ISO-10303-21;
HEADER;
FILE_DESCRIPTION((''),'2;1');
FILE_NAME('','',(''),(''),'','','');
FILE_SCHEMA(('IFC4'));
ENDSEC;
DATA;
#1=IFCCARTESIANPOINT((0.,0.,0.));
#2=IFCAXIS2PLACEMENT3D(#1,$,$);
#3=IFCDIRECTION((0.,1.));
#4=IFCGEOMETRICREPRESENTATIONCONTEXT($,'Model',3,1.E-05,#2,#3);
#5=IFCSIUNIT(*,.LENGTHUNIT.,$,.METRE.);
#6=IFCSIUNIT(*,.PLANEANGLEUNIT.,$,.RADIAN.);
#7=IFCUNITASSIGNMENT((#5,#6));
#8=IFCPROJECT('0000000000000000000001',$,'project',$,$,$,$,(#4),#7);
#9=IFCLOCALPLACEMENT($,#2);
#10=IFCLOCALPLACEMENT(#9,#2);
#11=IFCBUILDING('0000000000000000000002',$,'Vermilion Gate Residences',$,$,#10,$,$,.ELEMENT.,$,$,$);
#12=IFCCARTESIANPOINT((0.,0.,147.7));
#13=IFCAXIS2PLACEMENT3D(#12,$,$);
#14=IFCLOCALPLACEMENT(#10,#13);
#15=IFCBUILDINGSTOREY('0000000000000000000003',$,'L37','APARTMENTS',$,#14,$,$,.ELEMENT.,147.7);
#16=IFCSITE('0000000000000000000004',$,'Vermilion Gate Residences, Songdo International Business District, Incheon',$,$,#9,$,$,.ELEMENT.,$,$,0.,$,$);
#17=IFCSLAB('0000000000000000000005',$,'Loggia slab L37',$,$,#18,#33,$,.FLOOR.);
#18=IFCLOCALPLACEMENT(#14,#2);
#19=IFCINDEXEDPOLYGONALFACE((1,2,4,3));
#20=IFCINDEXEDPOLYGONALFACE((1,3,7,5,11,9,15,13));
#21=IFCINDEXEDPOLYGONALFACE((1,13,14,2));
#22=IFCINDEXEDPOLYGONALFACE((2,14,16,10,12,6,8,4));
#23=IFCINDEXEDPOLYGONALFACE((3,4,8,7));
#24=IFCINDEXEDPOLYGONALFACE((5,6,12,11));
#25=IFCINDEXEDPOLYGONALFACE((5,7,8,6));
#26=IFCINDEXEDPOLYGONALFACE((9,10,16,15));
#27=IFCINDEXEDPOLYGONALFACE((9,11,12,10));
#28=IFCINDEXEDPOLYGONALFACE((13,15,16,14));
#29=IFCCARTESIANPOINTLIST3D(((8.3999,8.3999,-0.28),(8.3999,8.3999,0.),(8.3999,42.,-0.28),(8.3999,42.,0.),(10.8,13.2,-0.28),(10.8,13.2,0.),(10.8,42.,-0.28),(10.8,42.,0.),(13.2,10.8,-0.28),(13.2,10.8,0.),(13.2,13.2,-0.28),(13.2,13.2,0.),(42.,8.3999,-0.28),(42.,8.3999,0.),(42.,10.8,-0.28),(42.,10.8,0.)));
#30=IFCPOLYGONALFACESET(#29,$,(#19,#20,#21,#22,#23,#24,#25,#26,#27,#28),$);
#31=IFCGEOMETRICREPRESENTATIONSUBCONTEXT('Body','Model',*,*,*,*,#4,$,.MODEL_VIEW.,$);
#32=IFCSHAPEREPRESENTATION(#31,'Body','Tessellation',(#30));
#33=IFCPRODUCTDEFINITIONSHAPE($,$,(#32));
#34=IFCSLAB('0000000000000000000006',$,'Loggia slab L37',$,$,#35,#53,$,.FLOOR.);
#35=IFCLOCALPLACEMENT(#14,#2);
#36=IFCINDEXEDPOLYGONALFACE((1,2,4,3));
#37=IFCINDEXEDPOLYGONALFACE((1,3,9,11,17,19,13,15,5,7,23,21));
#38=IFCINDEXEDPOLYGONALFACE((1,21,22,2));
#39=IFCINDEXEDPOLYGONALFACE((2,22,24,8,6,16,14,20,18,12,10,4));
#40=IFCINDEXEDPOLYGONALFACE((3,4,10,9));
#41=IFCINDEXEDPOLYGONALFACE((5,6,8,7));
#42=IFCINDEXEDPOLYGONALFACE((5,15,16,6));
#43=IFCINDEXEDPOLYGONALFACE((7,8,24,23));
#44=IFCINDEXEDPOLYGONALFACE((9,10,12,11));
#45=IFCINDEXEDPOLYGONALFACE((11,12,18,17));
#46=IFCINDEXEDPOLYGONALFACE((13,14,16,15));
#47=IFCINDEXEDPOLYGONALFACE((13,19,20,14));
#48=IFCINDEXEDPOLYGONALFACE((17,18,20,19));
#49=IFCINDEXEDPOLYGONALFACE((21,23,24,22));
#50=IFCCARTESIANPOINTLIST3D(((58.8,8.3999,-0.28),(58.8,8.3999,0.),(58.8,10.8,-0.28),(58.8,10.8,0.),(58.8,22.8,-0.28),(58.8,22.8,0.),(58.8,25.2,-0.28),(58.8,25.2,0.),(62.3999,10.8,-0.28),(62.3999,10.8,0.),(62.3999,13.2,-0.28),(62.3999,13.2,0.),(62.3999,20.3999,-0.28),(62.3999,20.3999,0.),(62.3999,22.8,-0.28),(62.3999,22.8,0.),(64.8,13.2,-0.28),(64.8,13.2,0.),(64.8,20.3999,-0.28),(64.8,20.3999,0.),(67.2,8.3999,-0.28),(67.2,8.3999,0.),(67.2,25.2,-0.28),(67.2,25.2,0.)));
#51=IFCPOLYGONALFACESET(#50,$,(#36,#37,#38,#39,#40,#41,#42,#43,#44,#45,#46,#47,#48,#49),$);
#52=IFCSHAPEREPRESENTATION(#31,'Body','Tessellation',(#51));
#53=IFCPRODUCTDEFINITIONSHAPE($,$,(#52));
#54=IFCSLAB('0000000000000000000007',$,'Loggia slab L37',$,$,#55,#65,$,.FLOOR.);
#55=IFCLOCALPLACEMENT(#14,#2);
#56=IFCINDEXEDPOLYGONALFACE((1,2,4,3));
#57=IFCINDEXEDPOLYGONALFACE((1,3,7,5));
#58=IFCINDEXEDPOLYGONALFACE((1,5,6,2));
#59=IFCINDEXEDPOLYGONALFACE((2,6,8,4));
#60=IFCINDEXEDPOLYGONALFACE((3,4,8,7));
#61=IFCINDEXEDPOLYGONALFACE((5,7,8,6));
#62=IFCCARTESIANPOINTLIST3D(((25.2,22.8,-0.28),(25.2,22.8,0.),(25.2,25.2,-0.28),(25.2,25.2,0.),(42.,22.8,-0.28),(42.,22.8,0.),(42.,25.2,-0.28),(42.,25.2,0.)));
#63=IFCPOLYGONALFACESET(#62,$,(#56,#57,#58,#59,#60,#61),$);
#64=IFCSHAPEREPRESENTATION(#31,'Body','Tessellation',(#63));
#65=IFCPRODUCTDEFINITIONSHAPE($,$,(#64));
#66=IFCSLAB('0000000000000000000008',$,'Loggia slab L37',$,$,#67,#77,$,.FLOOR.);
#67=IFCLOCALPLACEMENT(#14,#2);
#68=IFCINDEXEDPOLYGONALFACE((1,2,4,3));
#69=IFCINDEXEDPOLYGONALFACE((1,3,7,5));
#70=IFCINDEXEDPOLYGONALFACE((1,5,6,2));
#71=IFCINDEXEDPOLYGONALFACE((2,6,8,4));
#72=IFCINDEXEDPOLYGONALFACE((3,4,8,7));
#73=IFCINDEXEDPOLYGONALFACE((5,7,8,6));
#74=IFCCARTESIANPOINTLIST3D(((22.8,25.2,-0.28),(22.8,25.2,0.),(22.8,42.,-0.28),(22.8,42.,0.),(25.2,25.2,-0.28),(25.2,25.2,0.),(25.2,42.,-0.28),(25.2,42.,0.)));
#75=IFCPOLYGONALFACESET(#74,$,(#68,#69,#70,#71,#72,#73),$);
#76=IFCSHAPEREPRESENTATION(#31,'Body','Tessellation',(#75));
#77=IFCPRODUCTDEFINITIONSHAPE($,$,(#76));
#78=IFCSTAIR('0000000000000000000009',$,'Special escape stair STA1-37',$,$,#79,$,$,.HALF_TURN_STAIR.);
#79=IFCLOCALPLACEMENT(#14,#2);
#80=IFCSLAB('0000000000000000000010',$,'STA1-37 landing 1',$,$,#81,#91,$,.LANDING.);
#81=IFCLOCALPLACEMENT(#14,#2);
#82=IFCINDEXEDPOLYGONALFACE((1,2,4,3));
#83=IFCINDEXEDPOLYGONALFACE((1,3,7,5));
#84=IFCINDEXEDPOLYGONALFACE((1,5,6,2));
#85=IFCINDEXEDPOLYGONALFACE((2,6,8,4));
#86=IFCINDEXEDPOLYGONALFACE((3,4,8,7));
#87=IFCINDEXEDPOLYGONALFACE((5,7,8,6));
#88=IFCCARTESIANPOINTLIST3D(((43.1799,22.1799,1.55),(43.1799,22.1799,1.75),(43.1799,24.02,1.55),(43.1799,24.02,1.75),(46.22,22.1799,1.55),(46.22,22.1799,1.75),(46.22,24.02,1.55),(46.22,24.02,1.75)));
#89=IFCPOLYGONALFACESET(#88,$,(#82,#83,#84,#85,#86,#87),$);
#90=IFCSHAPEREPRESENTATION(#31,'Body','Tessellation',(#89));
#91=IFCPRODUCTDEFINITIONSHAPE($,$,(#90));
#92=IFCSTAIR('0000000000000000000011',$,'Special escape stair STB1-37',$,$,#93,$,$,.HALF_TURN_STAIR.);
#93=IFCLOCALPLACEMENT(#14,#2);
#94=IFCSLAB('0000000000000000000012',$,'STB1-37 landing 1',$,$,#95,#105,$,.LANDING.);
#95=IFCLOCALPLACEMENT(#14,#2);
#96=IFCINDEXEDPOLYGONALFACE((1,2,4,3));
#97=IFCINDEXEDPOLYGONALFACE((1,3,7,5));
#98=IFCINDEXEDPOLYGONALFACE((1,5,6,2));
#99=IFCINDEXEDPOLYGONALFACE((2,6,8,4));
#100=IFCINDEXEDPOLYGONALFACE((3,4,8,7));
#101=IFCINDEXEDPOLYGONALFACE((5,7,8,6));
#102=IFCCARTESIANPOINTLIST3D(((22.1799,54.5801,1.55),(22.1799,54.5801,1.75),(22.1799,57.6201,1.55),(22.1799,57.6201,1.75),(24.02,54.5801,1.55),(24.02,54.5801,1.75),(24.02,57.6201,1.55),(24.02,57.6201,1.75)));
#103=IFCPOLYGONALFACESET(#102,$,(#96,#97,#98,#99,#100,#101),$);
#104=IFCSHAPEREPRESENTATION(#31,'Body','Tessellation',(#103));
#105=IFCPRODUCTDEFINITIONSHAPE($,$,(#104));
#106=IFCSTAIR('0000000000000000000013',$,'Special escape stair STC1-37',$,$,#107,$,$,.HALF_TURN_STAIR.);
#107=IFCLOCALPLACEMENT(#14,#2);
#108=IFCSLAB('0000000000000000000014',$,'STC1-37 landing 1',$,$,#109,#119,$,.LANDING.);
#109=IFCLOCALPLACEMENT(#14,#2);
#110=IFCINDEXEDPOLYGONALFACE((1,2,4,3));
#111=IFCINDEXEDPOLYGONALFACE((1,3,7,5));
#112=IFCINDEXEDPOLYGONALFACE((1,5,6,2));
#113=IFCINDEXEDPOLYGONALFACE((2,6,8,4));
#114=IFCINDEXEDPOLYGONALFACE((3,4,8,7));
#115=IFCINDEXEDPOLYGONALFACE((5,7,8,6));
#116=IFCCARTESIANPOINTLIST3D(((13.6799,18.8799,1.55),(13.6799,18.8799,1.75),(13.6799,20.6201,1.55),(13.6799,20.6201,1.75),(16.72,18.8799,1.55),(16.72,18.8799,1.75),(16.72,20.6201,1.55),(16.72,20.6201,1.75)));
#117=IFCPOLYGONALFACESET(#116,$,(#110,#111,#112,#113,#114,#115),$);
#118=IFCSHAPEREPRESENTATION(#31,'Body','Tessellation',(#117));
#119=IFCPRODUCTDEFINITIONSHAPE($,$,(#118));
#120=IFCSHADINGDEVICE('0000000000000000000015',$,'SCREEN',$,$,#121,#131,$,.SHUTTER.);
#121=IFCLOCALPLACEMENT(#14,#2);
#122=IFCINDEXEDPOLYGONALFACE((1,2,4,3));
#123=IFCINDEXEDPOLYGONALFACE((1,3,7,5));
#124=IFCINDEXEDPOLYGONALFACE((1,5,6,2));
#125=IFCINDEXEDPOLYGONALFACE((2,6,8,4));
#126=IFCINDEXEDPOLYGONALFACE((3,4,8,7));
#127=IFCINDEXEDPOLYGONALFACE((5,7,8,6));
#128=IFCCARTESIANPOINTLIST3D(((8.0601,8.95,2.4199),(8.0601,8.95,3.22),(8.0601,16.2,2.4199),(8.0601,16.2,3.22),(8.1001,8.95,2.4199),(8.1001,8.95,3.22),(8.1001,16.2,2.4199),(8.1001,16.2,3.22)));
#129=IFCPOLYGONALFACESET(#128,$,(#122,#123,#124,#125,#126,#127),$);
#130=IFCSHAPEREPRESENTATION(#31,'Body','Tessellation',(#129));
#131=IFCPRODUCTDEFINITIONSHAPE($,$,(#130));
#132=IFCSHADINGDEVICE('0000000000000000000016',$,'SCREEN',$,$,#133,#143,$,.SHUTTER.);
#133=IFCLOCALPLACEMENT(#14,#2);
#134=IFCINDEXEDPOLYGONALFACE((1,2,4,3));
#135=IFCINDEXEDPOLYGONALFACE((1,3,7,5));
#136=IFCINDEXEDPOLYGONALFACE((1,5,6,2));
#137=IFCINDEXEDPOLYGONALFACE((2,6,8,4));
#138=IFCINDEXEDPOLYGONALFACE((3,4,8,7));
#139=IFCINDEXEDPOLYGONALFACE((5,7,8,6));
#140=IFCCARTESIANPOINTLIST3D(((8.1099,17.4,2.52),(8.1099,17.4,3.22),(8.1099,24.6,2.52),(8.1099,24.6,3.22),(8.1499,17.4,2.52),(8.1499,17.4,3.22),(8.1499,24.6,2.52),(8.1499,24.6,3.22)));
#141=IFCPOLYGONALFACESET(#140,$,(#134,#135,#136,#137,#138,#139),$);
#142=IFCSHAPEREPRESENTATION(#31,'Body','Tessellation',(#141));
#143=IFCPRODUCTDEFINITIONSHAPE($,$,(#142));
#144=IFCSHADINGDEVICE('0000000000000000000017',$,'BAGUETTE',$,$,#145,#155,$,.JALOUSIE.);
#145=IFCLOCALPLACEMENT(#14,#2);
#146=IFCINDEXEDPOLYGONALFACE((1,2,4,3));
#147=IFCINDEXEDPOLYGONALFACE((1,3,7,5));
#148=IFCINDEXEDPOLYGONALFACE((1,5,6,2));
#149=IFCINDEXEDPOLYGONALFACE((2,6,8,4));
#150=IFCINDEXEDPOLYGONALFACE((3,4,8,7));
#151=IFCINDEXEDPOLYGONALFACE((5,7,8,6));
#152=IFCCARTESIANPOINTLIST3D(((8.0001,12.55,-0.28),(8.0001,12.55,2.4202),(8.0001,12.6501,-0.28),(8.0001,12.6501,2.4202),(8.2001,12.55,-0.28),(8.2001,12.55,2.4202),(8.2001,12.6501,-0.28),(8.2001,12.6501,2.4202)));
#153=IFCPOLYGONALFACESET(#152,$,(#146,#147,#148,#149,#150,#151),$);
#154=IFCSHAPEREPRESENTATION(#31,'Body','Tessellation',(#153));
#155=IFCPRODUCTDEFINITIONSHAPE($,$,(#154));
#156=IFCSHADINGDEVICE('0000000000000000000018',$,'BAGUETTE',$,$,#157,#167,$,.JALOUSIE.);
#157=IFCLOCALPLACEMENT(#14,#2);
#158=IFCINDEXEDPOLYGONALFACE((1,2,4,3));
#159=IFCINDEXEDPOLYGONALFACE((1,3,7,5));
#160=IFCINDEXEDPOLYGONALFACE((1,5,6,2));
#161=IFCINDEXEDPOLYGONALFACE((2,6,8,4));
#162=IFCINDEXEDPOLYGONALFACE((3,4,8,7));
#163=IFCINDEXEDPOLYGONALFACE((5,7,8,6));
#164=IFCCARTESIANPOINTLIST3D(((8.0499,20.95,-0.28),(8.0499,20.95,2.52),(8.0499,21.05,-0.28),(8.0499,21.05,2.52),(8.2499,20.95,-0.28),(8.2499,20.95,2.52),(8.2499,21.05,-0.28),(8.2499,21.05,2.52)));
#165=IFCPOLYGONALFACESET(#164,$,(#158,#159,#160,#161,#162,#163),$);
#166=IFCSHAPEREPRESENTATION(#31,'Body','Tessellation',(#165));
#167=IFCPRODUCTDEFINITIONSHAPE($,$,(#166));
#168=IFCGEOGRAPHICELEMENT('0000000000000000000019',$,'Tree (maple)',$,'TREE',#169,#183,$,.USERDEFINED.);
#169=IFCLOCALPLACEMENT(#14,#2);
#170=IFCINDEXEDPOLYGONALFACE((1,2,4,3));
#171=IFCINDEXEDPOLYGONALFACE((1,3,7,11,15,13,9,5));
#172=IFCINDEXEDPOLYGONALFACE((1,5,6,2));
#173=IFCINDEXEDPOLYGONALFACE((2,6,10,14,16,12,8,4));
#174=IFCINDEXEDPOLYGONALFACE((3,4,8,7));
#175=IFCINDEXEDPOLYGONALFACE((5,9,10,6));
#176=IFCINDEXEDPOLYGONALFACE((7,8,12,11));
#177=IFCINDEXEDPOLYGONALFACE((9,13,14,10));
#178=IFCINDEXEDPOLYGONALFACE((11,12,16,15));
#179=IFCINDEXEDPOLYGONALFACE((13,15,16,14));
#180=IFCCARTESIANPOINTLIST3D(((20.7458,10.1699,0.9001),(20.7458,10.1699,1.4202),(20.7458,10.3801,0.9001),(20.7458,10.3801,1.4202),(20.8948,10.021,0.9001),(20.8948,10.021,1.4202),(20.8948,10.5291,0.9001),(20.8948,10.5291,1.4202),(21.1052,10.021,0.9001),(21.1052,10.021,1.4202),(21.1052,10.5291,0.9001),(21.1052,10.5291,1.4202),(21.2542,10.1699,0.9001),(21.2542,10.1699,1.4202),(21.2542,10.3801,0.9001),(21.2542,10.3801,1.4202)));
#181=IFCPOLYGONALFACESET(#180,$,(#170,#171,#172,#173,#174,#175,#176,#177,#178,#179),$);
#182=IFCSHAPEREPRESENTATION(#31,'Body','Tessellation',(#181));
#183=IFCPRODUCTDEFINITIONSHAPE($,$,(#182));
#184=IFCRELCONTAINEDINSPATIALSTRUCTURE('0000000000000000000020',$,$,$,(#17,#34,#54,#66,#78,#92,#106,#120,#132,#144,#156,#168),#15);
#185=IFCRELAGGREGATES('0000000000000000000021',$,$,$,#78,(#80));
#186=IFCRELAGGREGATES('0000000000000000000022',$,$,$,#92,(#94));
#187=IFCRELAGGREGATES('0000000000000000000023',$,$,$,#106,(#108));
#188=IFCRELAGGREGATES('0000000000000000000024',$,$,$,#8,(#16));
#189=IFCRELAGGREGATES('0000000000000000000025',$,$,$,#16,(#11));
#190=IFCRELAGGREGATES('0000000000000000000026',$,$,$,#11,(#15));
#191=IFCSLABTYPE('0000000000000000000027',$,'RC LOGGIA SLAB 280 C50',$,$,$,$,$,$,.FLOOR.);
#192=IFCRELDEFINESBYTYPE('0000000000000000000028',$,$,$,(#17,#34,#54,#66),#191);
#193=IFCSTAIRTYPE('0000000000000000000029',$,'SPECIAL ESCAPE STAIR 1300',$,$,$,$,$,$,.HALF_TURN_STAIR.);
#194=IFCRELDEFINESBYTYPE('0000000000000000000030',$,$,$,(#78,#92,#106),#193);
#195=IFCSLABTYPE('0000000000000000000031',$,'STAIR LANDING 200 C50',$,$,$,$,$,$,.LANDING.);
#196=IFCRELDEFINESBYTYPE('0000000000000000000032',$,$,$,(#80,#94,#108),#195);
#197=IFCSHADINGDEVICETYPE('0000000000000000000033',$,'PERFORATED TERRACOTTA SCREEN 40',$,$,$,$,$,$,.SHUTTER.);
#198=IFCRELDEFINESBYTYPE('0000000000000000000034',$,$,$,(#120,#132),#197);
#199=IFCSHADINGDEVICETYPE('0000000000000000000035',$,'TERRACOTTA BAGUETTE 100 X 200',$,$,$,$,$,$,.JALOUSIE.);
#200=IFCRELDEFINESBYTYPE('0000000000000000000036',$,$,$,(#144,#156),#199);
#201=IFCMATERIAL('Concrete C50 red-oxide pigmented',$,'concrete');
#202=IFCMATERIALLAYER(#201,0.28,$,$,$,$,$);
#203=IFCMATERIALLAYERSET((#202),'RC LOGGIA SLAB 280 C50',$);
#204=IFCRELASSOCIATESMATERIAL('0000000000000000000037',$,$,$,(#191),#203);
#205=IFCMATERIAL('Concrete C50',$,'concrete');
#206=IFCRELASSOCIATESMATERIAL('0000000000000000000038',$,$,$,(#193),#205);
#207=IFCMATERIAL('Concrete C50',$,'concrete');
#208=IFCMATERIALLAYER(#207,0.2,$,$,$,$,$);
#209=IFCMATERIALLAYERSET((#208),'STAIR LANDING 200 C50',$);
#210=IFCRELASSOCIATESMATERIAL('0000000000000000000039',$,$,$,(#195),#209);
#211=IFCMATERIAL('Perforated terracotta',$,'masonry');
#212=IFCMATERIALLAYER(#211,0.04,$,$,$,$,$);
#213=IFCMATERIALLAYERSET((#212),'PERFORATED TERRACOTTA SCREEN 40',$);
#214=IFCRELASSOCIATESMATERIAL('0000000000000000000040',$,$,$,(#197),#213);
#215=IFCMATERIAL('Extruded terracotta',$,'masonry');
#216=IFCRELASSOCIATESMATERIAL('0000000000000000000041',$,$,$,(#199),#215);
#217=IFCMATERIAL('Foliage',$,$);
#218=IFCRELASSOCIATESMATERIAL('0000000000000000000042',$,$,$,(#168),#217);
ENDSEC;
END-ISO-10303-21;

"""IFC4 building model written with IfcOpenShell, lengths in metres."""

from ifc_helpers import new_model, si_unit, direction, frame, origin, origin_2d, place, context, subcontext, project, spatial, polyline, rectangle, outline, extrude, material, layer, layer_set, material_profile, profile_set, type_object, element, aggregate, save


model = new_model("IFC4")

# Units and contexts
model_context = context("Model", 3, precision=1e-05, world=origin(), true_north=direction((0.0, 1.0)))
body_context = subcontext(model_context, "Body", "Model", "MODEL_VIEW")
ifc_project = project(units=[si_unit("LENGTHUNIT", "METRE"), si_unit("PLANEANGLEUNIT", "RADIAN")], contexts=[model_context])

# Site, building, storey
site_placement = place(None, origin())
site = spatial("IfcSite", under=ifc_project, at=site_placement, Name="Vermilion Gate Residences, Songdo International Business District, Incheon", CompositionType="ELEMENT", RefElevation=0.0)
building_placement = place(site_placement, origin())
building = spatial("IfcBuilding", under=site, at=building_placement, Name="Vermilion Gate Residences", CompositionType="ELEMENT")
storey_placement = place(building_placement, frame((0.0, 0.0, 147.7)))
storey = spatial("IfcBuildingStorey", under=building, at=storey_placement, Name="L37", Description="APARTMENTS", CompositionType="ELEMENT", Elevation=147.7)

# Slabs
ifc_material_1 = material(Name="Concrete C50 red-oxide pigmented", Category="concrete")
ifc_layer_1 = layer(ifc_material_1, 0.28)
ifc_layer_set_1 = layer_set([ifc_layer_1], Name="RC LOGGIA SLAB 280 C50")
slab_type_1 = type_object("IfcSlabType", Name="RC LOGGIA SLAB 280 C50", PredefinedType="FLOOR", material=ifc_layer_set_1)
slab_1_placement = place(storey_placement, frame((0.0, 0.0, -0.28)))
element("IfcSlab", 1, at=slab_1_placement, inside=storey, type_object=slab_type_1, Name="Loggia slab L37", PredefinedType="FLOOR", context=body_context, shape_type="SweptSolid", body=[
    extrude(outline(polyline([(8.3999, 42.0), (8.3999, 8.3999), (42.0, 8.3999), (42.0, 10.8), (13.2, 10.8), (13.2, 13.2), (10.8, 13.2), (10.8, 42.0), (8.3999, 42.0)])), origin(), (0.0, 0.0, 1.0), 0.28),
])
slab_2_placement = place(storey_placement, frame((0.0, 0.0, -0.28)))
element("IfcSlab", 2, at=slab_2_placement, inside=storey, type_object=slab_type_1, Name="Loggia slab L37", PredefinedType="FLOOR", context=body_context, shape_type="SweptSolid", body=[
    extrude(outline(polyline([(64.8, 13.2), (62.3999, 13.2), (62.3999, 10.8), (58.8, 10.8), (58.8, 8.3999), (67.2, 8.3999), (67.2, 25.2), (58.8, 25.2), (58.8, 22.8), (62.3999, 22.8), (62.3999, 20.3999), (64.8, 20.3999), (64.8, 13.2)])), origin(), (0.0, 0.0, 1.0), 0.28),
])
slab_3_placement = place(storey_placement, frame((0.0, 0.0, -0.28)))
element("IfcSlab", 3, at=slab_3_placement, inside=storey, type_object=slab_type_1, Name="Loggia slab L37", PredefinedType="FLOOR", context=body_context, shape_type="SweptSolid", body=[
    extrude(outline(polyline([(42.0, 25.2), (25.2, 25.2), (25.2, 22.8), (42.0, 22.8), (42.0, 25.2)])), origin(), (0.0, 0.0, 1.0), 0.28),
])
slab_4_placement = place(storey_placement, frame((0.0, 0.0, -0.28)))
element("IfcSlab", 4, at=slab_4_placement, inside=storey, type_object=slab_type_1, Name="Loggia slab L37", PredefinedType="FLOOR", context=body_context, shape_type="SweptSolid", body=[
    extrude(outline(polyline([(22.8, 42.0), (22.8, 25.2), (25.2, 25.2), (25.2, 42.0), (22.8, 42.0)])), origin(), (0.0, 0.0, 1.0), 0.28),
])

# Stairs, slabs
ifc_material_2 = material(Name="Concrete C50", Category="concrete")
stair_type = type_object("IfcStairType", Name="SPECIAL ESCAPE STAIR 1300", PredefinedType="HALF_TURN_STAIR", material=ifc_material_2)
stair_1_placement = place(storey_placement, origin())
stair_1 = element("IfcStair", 5, at=stair_1_placement, inside=storey, type_object=stair_type, Name="Special escape stair STA1-37", PredefinedType="HALF_TURN_STAIR")
ifc_material_3 = material(Name="Concrete C50", Category="concrete")
ifc_layer_2 = layer(ifc_material_3, 0.2)
ifc_layer_set_2 = layer_set([ifc_layer_2], Name="STAIR LANDING 200 C50")
slab_type_2 = type_object("IfcSlabType", Name="STAIR LANDING 200 C50", PredefinedType="LANDING", material=ifc_layer_set_2)
slab_5_placement = place(storey_placement, frame((0.0, 0.0, 1.55)))
slab_5 = element("IfcSlab", 6, at=slab_5_placement, type_object=slab_type_2, Name="STA1-37 landing 1", PredefinedType="LANDING", context=body_context, shape_type="SweptSolid", body=[
    extrude(outline(polyline([(46.22, 22.1799), (46.22, 24.02), (43.1799, 24.02), (43.1799, 22.1799), (46.22, 22.1799)])), origin(), (0.0, 0.0, 1.0), 0.2),
])
aggregate(stair_1, [slab_5])
stair_2_placement = place(storey_placement, origin())
stair_2 = element("IfcStair", 7, at=stair_2_placement, inside=storey, type_object=stair_type, Name="Special escape stair STB1-37", PredefinedType="HALF_TURN_STAIR")
slab_6_placement = place(storey_placement, frame((0.0, 0.0, 1.55)))
slab_6 = element("IfcSlab", 8, at=slab_6_placement, type_object=slab_type_2, Name="STB1-37 landing 1", PredefinedType="LANDING", context=body_context, shape_type="SweptSolid", body=[
    extrude(outline(polyline([(24.02, 54.5801), (24.02, 57.6201), (22.1799, 57.6201), (22.1799, 54.5801), (24.02, 54.5801)])), origin(), (0.0, 0.0, 1.0), 0.2),
])
aggregate(stair_2, [slab_6])
stair_3_placement = place(storey_placement, origin())
stair_3 = element("IfcStair", 9, at=stair_3_placement, inside=storey, type_object=stair_type, Name="Special escape stair STC1-37", PredefinedType="HALF_TURN_STAIR")
slab_7_placement = place(storey_placement, frame((0.0, 0.0, 1.55)))
slab_7 = element("IfcSlab", 10, at=slab_7_placement, type_object=slab_type_2, Name="STC1-37 landing 1", PredefinedType="LANDING", context=body_context, shape_type="SweptSolid", body=[
    extrude(outline(polyline([(16.72, 18.8799), (16.72, 20.6201), (13.6799, 20.6201), (13.6799, 18.8799), (16.72, 18.8799)])), origin(), (0.0, 0.0, 1.0), 0.2),
])
aggregate(stair_3, [slab_7])

# Shading devices
ifc_material_4 = material(Name="Perforated terracotta", Category="masonry")
ifc_layer_3 = layer(ifc_material_4, 0.04)
ifc_layer_set_3 = layer_set([ifc_layer_3], Name="PERFORATED TERRACOTTA SCREEN 40")
shading_device_type_1 = type_object("IfcShadingDeviceType", Name="PERFORATED TERRACOTTA SCREEN 40", PredefinedType="SHUTTER", material=ifc_layer_set_3)
shading_device_1_placement = place(storey_placement, frame((8.0801, 12.575, 2.4199), z_axis=(0.0, 0.0, 1.0), x_axis=(0.0, -1.0, 0.0)))
element("IfcShadingDevice", 11, at=shading_device_1_placement, inside=storey, type_object=shading_device_type_1, Name="SCREEN", PredefinedType="SHUTTER", context=body_context, shape_type="SweptSolid", body=[
    extrude(rectangle(XDim=7.25, YDim=0.04, at=origin_2d()), origin(), (0.0, 0.0, 1.0), 0.8),
])
shading_device_2_placement = place(storey_placement, frame((8.1299, 21.0, 2.52), z_axis=(0.0, 0.0, 1.0), x_axis=(0.0, -1.0, 0.0)))
element("IfcShadingDevice", 12, at=shading_device_2_placement, inside=storey, type_object=shading_device_type_1, Name="SCREEN", PredefinedType="SHUTTER", context=body_context, shape_type="SweptSolid", body=[
    extrude(rectangle(XDim=7.2, YDim=0.04, at=origin_2d()), origin(), (0.0, 0.0, 1.0), 0.7),
])
ifc_material_5 = material(Name="Extruded terracotta", Category="masonry")
ifc_material_profile_1 = material_profile(ifc_material_5, rectangle(XDim=0.2, YDim=0.1001, at=origin_2d()), Name="BAGUETTE 100 X 200")
ifc_profile_set_1 = profile_set([ifc_material_profile_1], Name="Extruded terracotta")
shading_device_type_2 = type_object("IfcShadingDeviceType", Name="TERRACOTTA BAGUETTE 100 X 200", PredefinedType="JALOUSIE", material=ifc_profile_set_1)
shading_device_3_placement = place(storey_placement, frame((8.1001, 12.6001, -0.28), z_axis=(0.0, 0.0, 1.0), x_axis=(1.0, 0.0, 0.0)))
element("IfcShadingDevice", 13, at=shading_device_3_placement, inside=storey, type_object=shading_device_type_2, Name="BAGUETTE", PredefinedType="JALOUSIE", context=body_context, shape_type="SweptSolid", body=[
    extrude(rectangle(XDim=0.2, YDim=0.1001, at=origin_2d()), origin(), (0.0, 0.0, 1.0), 2.7002),
])
shading_device_4_placement = place(storey_placement, frame((8.1499, 21.0, -0.28), z_axis=(0.0, 0.0, 1.0), x_axis=(1.0, 0.0, 0.0)))
element("IfcShadingDevice", 14, at=shading_device_4_placement, inside=storey, type_object=shading_device_type_2, Name="BAGUETTE", PredefinedType="JALOUSIE", context=body_context, shape_type="SweptSolid", body=[
    extrude(rectangle(XDim=0.2, YDim=0.1001, at=origin_2d()), origin(), (0.0, 0.0, 1.0), 2.8),
])

# Geographic element
ifc_material_6 = material(Name="Foliage")
geographic_element_1_placement = place(storey_placement, frame((0.0, 0.0, 0.9001)))
element("IfcGeographicElement", 15, at=geographic_element_1_placement, inside=storey, material=ifc_material_6, Name="Tree (maple)", ObjectType="TREE", PredefinedType="USERDEFINED", context=body_context, shape_type="SweptSolid", body=[
    extrude(outline(polyline([(21.2542, 10.3801), (21.1052, 10.5291), (20.8948, 10.5291), (20.7458, 10.3801), (20.7458, 10.1699), (20.8948, 10.021), (21.1052, 10.021), (21.2542, 10.1699), (21.2542, 10.3801)])), origin(), (0.0, 0.0, 1.0), 0.52),
])

save(model, "model.ifc")
